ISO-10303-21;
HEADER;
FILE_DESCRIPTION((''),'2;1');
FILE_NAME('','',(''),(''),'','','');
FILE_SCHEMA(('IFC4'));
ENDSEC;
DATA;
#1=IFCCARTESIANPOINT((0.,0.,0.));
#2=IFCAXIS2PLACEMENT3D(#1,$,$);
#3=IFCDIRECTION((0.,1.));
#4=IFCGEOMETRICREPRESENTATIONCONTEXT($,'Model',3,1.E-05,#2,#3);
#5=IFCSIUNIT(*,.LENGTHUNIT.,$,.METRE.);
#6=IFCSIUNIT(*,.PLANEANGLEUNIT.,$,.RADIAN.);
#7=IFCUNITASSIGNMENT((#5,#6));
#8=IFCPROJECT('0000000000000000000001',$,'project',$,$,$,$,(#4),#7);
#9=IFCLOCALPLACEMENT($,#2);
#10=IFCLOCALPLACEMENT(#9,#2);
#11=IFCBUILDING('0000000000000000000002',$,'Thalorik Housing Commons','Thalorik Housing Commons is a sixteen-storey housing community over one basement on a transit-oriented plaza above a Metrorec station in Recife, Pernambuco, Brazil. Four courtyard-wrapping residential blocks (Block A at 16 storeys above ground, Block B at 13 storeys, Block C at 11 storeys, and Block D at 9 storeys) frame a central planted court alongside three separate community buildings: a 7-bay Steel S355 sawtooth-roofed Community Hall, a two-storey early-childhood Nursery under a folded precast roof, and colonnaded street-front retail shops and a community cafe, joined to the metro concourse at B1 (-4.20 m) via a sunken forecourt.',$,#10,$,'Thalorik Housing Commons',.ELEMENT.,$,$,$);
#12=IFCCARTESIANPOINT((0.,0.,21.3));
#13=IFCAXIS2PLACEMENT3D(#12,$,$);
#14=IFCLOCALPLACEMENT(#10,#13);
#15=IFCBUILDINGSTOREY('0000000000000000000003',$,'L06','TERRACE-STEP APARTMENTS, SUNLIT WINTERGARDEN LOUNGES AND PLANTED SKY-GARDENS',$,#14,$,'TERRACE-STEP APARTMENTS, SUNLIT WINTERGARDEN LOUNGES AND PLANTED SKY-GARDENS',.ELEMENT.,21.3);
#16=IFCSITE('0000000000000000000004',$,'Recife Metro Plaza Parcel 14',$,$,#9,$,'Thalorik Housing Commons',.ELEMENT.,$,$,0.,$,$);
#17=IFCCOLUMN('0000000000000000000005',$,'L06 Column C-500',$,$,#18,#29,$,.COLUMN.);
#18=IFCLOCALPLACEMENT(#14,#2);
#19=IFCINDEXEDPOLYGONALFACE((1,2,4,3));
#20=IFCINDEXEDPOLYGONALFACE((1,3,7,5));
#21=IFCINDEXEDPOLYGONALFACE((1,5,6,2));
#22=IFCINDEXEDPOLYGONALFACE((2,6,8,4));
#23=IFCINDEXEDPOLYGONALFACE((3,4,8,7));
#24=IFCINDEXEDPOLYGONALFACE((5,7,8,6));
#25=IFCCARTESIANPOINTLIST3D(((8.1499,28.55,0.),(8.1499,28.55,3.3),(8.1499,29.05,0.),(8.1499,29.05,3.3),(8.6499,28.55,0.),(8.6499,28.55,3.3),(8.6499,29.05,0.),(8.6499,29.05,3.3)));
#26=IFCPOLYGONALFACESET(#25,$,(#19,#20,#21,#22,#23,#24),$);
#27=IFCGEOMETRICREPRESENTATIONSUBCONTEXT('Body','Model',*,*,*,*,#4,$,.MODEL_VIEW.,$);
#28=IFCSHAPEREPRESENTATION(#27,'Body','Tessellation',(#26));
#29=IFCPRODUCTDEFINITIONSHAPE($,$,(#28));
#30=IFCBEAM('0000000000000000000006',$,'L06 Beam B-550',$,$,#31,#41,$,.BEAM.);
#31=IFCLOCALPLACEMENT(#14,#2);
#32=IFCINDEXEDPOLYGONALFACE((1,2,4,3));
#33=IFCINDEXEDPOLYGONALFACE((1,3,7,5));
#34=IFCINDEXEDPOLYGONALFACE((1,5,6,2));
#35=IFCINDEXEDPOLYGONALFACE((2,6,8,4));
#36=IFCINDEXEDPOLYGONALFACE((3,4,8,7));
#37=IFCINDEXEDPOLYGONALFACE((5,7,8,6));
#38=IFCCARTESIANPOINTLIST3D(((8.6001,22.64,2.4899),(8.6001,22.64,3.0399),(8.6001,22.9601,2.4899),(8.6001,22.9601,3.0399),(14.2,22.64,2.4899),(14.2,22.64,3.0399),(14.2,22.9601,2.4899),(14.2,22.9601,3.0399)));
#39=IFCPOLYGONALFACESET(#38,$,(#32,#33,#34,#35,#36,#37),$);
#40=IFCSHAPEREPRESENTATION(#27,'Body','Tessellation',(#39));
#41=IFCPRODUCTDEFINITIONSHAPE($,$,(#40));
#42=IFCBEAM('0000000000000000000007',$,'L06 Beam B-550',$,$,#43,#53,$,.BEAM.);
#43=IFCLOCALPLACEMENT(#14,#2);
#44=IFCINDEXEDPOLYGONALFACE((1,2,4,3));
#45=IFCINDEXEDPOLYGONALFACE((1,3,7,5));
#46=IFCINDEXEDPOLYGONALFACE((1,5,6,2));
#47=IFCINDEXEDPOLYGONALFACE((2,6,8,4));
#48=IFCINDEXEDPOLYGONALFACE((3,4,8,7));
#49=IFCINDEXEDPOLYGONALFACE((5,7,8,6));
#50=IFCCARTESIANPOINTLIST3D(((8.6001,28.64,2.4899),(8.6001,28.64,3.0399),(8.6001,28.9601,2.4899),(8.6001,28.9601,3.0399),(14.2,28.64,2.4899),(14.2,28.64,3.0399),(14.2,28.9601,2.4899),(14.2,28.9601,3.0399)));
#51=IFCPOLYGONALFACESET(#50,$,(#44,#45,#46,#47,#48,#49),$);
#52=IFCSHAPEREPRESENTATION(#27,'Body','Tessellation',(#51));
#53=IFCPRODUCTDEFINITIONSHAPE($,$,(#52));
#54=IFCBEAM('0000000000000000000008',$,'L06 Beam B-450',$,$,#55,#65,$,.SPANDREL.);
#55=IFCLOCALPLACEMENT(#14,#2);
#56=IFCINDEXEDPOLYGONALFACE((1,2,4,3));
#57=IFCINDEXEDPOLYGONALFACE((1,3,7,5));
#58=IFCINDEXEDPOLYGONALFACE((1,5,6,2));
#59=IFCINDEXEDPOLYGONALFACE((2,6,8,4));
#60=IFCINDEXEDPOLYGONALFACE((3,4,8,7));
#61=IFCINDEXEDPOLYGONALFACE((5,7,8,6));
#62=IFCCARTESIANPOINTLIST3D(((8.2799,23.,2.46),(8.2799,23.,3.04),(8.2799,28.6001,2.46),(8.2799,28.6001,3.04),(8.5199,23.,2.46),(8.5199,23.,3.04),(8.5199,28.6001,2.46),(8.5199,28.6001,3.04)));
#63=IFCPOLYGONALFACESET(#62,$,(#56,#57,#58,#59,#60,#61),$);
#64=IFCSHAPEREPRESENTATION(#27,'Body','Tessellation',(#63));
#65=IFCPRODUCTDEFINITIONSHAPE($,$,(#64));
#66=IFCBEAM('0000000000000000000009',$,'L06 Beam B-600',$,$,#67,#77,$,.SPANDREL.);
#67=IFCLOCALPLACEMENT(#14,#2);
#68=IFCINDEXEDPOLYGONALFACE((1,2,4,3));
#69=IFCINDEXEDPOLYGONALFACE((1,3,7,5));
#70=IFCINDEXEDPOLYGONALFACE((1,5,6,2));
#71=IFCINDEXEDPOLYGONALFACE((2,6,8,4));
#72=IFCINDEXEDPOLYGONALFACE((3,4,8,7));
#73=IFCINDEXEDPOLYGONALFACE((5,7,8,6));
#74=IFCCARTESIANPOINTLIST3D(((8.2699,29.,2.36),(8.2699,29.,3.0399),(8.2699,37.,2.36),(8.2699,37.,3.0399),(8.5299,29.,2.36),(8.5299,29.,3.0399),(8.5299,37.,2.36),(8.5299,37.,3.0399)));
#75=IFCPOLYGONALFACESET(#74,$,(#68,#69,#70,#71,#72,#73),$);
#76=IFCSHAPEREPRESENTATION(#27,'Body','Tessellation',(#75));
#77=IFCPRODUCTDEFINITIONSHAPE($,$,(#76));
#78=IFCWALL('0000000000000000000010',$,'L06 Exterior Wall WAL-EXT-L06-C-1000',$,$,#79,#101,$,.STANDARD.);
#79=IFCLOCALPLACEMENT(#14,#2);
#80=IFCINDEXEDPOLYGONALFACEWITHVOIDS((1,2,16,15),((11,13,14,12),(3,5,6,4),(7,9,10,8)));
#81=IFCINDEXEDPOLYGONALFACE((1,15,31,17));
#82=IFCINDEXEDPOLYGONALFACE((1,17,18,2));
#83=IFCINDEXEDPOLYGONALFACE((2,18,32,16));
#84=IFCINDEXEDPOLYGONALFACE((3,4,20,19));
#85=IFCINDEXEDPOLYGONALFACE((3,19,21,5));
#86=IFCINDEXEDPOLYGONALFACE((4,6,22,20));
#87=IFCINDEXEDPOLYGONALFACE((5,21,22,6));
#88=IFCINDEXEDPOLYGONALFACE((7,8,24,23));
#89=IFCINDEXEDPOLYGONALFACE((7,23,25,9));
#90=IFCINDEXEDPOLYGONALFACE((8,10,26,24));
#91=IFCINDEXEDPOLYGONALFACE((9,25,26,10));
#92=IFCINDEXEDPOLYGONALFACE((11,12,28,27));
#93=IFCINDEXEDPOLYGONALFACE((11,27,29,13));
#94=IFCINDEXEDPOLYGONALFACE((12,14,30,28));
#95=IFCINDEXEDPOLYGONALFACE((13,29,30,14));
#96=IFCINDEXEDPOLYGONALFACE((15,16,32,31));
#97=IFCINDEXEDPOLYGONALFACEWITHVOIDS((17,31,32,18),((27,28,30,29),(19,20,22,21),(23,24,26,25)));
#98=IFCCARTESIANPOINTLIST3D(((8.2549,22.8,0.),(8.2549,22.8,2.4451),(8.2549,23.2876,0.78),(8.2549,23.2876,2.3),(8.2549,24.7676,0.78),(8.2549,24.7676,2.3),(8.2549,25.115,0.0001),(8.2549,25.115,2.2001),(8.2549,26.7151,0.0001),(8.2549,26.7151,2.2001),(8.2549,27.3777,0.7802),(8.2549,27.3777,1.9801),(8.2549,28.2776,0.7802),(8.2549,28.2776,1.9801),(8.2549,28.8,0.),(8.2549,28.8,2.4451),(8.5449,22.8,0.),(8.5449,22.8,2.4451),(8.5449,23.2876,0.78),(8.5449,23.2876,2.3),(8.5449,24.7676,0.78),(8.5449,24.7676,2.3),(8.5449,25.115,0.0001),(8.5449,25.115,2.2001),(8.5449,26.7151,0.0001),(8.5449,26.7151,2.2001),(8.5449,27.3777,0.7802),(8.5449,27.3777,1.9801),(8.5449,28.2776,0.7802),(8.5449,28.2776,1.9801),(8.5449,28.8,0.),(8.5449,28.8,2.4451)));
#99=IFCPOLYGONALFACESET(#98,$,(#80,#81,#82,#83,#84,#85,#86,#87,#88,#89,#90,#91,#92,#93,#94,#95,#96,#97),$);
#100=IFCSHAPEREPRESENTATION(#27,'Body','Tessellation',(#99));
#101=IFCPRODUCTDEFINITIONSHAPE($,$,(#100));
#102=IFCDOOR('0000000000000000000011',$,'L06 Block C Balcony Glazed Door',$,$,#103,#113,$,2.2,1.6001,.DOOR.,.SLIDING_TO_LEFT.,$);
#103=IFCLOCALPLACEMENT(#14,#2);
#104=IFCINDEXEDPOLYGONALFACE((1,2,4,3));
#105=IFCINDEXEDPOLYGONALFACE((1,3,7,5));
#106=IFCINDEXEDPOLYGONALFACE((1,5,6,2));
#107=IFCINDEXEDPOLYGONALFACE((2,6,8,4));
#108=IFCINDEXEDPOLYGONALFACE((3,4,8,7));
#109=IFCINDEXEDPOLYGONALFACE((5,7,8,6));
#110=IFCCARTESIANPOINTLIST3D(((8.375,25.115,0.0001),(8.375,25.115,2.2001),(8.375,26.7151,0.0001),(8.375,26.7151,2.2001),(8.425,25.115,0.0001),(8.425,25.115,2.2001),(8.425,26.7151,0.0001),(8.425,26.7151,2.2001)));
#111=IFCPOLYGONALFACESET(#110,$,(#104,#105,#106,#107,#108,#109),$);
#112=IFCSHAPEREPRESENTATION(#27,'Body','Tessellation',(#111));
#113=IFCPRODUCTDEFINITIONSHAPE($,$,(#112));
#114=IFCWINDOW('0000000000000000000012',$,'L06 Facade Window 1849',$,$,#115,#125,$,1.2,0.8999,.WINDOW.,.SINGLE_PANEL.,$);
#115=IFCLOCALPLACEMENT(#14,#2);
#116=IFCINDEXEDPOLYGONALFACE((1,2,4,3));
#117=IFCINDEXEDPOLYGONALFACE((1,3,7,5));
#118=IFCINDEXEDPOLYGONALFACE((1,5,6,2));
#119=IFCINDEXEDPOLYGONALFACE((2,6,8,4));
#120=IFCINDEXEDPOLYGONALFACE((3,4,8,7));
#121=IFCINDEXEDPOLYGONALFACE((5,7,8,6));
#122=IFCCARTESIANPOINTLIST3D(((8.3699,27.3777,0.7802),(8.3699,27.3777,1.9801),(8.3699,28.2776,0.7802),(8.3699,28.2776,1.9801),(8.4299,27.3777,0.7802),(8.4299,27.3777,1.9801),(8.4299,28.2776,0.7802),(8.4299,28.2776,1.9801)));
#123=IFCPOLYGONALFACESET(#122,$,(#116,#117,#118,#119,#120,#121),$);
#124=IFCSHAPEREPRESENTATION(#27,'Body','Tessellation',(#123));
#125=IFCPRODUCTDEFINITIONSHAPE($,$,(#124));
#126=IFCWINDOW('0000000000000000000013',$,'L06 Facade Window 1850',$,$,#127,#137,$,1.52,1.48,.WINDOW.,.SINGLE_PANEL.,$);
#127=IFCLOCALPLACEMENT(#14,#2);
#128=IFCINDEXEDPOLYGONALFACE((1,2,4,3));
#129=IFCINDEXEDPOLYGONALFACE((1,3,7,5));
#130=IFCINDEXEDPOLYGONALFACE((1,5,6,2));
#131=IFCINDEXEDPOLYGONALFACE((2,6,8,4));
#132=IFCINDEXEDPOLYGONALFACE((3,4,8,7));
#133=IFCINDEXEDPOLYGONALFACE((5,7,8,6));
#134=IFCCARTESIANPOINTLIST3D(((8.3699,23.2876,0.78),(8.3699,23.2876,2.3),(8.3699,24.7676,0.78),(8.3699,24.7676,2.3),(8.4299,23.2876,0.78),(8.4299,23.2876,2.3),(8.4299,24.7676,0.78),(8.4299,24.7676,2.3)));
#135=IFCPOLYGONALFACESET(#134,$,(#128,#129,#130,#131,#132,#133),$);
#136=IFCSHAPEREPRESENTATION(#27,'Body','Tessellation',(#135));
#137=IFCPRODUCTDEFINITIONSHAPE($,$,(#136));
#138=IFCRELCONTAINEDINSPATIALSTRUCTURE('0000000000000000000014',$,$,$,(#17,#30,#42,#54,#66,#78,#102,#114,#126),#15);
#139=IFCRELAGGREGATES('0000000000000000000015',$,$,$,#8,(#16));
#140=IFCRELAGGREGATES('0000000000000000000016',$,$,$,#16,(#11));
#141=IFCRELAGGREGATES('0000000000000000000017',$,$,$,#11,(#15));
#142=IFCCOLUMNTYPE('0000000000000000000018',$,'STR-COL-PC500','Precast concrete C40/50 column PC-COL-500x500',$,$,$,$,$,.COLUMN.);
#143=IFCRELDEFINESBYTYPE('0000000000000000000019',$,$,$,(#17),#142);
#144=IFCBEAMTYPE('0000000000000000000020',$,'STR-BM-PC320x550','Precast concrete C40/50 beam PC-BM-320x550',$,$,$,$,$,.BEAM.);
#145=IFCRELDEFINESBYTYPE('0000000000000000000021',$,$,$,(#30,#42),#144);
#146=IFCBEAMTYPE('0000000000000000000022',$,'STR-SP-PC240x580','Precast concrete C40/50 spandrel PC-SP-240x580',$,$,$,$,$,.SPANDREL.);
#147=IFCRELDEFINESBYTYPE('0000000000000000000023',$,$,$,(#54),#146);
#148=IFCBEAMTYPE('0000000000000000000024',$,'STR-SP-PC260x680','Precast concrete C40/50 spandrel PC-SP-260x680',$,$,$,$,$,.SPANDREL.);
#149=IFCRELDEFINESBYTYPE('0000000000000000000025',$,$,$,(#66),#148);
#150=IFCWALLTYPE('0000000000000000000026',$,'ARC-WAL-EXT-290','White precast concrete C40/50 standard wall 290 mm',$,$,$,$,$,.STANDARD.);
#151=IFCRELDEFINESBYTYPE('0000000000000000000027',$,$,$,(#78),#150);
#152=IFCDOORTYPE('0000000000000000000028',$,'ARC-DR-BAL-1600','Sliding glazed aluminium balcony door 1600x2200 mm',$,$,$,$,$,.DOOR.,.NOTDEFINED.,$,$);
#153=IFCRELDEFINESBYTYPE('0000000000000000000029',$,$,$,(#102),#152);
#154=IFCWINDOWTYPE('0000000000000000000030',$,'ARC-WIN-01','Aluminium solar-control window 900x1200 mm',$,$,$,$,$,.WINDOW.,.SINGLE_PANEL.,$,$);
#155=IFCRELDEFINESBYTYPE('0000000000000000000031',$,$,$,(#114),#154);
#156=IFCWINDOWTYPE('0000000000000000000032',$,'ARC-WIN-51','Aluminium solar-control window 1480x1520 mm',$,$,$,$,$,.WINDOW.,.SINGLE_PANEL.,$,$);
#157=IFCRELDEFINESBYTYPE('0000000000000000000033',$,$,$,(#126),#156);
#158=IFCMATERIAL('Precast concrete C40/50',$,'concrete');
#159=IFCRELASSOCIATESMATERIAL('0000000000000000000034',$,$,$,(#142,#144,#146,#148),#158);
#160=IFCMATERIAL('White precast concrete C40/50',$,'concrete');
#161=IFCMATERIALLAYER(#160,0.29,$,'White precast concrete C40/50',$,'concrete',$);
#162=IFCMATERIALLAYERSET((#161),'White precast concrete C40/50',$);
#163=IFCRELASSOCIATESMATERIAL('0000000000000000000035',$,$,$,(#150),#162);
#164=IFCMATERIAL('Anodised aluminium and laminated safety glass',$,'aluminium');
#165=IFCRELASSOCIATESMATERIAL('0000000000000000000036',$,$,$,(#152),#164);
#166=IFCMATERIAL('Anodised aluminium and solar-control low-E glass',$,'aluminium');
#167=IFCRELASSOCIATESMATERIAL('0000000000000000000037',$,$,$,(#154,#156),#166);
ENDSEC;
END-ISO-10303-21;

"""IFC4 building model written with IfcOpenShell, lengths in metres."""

from ifc_helpers import new_model, si_unit, direction, frame, frame_2d, origin, origin_2d, place, context, subcontext, project, spatial, rectangle, extrude, material, layer, layer_set, material_profile, profile_set, type_object, element, fill, save


model = new_model("IFC4")

# Units and contexts
model_context = context("Model", 3, precision=1e-05, world=origin(), true_north=direction((0.0, 1.0)))
body_context = subcontext(model_context, "Body", "Model", "MODEL_VIEW")
ifc_project = project(units=[si_unit("LENGTHUNIT", "METRE"), si_unit("PLANEANGLEUNIT", "RADIAN")], contexts=[model_context])

# Site, building, storey
site_placement = place(None, origin())
site = spatial("IfcSite", under=ifc_project, at=site_placement, Name="Recife Metro Plaza Parcel 14", LongName="Thalorik Housing Commons", CompositionType="ELEMENT", RefElevation=0.0)
building_placement = place(site_placement, origin())
building = spatial("IfcBuilding", under=site, at=building_placement, Name="Thalorik Housing Commons", Description="Thalorik Housing Commons is a sixteen-storey housing community over one basement on a transit-oriented plaza above a Metrorec station in Recife, Pernambuco, Brazil. Four courtyard-wrapping residential blocks (Block A at 16 storeys above ground, Block B at 13 storeys, Block C at 11 storeys, and Block D at 9 storeys) frame a central planted court alongside three separate community buildings: a 7-bay Steel S355 sawtooth-roofed Community Hall, a two-storey early-childhood Nursery under a folded precast roof, and colonnaded street-front retail shops and a community cafe, joined to the metro concourse at B1 (-4.20 m) via a sunken forecourt.", LongName="Thalorik Housing Commons", CompositionType="ELEMENT")
storey_placement = place(building_placement, frame((0.0, 0.0, 21.3)))
storey = spatial("IfcBuildingStorey", under=building, at=storey_placement, Name="L06", Description="TERRACE-STEP APARTMENTS, SUNLIT WINTERGARDEN LOUNGES AND PLANTED SKY-GARDENS", LongName="TERRACE-STEP APARTMENTS, SUNLIT WINTERGARDEN LOUNGES AND PLANTED SKY-GARDENS", CompositionType="ELEMENT", Elevation=21.3)

# Column
ifc_material_1 = material(Name="Precast concrete C40/50", Category="concrete")
ifc_material_profile_1 = material_profile(ifc_material_1, rectangle(XDim=0.5, YDim=0.5, at=origin_2d()), Name="PC 500x500", Category="concrete")
ifc_profile_set_1 = profile_set([ifc_material_profile_1], Name="Precast concrete C40/50")
column_type = type_object("IfcColumnType", Name="STR-COL-PC500", Description="Precast concrete C40/50 column PC-COL-500x500", PredefinedType="COLUMN", material=ifc_profile_set_1)
column_placement = place(storey_placement, frame((8.3999, 28.8, 0.0), z_axis=(0.0, 0.0, 1.0), x_axis=(1.0, 0.0, 0.0)))
element("IfcColumn", 1, at=column_placement, inside=storey, type_object=column_type, Name="L06 Column C-500", PredefinedType="COLUMN", context=body_context, shape_type="SweptSolid", body=[
    extrude(rectangle(XDim=0.5, YDim=0.5, at=origin_2d()), origin(), (0.0, 0.0, 1.0), 3.3),
])

# Beams
ifc_material_profile_2 = material_profile(ifc_material_1, rectangle(XDim=0.3201, YDim=0.55, at=origin_2d()), Name="PC 320x550", Category="concrete")
ifc_profile_set_2 = profile_set([ifc_material_profile_2], Name="Precast concrete C40/50")
beam_type_1 = type_object("IfcBeamType", Name="STR-BM-PC320x550", Description="Precast concrete C40/50 beam PC-BM-320x550", PredefinedType="BEAM", material=ifc_profile_set_2)
for number, where, z_axis, x_axis, name in (
    (2, (8.6001, 22.8, 2.7649), (1.0, 0.0, 0.0), (0.0, 1.0, 0.0), "L06 Beam B-550"),
    (3, (8.6001, 28.8, 2.7649), (1.0, 0.0, 0.0), (0.0, 1.0, 0.0), "L06 Beam B-550"),
):
    element("IfcBeam", number, at=place(storey_placement, frame(where, z_axis=z_axis, x_axis=x_axis)), inside=storey, type_object=beam_type_1, Name=name, PredefinedType="BEAM", context=body_context, shape_type="SweptSolid", body=[
        extrude(rectangle(XDim=0.3201, YDim=0.55, at=origin_2d()), origin(), (0.0, 0.0, 1.0), 5.5999),
    ])
ifc_material_profile_3 = material_profile(ifc_material_1, rectangle(XDim=0.24, YDim=0.5801, at=origin_2d()), Name="PC SP 240x580", Category="concrete")
ifc_profile_set_3 = profile_set([ifc_material_profile_3], Name="Precast concrete C40/50")
beam_type_2 = type_object("IfcBeamType", Name="STR-SP-PC240x580", Description="Precast concrete C40/50 spandrel PC-SP-240x580", PredefinedType="SPANDREL", material=ifc_profile_set_3)
beam_1_placement = place(storey_placement, frame((8.3999, 23.0, 2.75), z_axis=(0.0, 1.0, 0.0), x_axis=(-1.0, 0.0, 0.0)))
element("IfcBeam", 4, at=beam_1_placement, inside=storey, type_object=beam_type_2, Name="L06 Beam B-450", PredefinedType="SPANDREL", context=body_context, shape_type="SweptSolid", body=[
    extrude(rectangle(XDim=0.24, YDim=0.5801, at=origin_2d()), origin(), (0.0, 0.0, 1.0), 5.6001),
])
ifc_material_profile_4 = material_profile(ifc_material_1, rectangle(XDim=0.26, YDim=0.6799, at=origin_2d()), Name="PC SP 260x680", Category="concrete")
ifc_profile_set_4 = profile_set([ifc_material_profile_4], Name="Precast concrete C40/50")
beam_type_3 = type_object("IfcBeamType", Name="STR-SP-PC260x680", Description="Precast concrete C40/50 spandrel PC-SP-260x680", PredefinedType="SPANDREL", material=ifc_profile_set_4)
beam_2_placement = place(storey_placement, frame((8.3999, 29.0, 2.7), z_axis=(0.0, 1.0, 0.0), x_axis=(-1.0, 0.0, 0.0)))
element("IfcBeam", 5, at=beam_2_placement, inside=storey, type_object=beam_type_3, Name="L06 Beam B-600", PredefinedType="SPANDREL", context=body_context, shape_type="SweptSolid", body=[
    extrude(rectangle(XDim=0.26, YDim=0.6799, at=origin_2d()), origin(), (0.0, 0.0, 1.0), 8.0),
])

# Wall, openings, door, windows
ifc_material_2 = material(Name="White precast concrete C40/50", Category="concrete")
ifc_layer_1 = layer(ifc_material_2, 0.29, Name="White precast concrete C40/50", Category="concrete")
ifc_layer_set_1 = layer_set([ifc_layer_1], Name="White precast concrete C40/50")
wall_type_1 = type_object("IfcWallType", Name="ARC-WAL-EXT-290", Description="White precast concrete C40/50 standard wall 290 mm", PredefinedType="STANDARD", material=ifc_layer_set_1)
wall_1_placement = place(storey_placement, frame((8.3999, 28.8, 0.0), z_axis=(0.0, 0.0, 1.0), x_axis=(0.0, -1.0, 0.0)))
wall_1 = element("IfcWall", 6, at=wall_1_placement, inside=storey, type_object=wall_type_1, Name="L06 Exterior Wall WAL-EXT-L06-C-1000", PredefinedType="STANDARD", context=body_context, shape_type="SweptSolid", body=[
    extrude(rectangle(XDim=6.0, YDim=0.29, at=frame_2d((3.0, 0.0))), origin(), (0.0, 0.0, 1.0), 2.4451),
])
opening_1_placement = place(wall_1_placement, frame((2.085, 0.0, 0.0)))
opening_1 = element("IfcOpeningElement", 7, at=opening_1_placement, cuts=wall_1, PredefinedType="OPENING", context=body_context, shape_type="SweptSolid", body=[
    extrude(rectangle(XDim=1.6001, YDim=2.2, at=frame_2d((0.8, 1.1001))), frame((0.0, 0.155, 0.0), z_axis=(0.0, -1.0, 0.0), x_axis=(1.0, 0.0, 0.0)), (0.0, 0.0, 1.0), 0.3101),
])
opening_2_placement = place(wall_1_placement, frame((0.5225, 0.0, 0.78)))
opening_2 = element("IfcOpeningElement", 8, at=opening_2_placement, cuts=wall_1, PredefinedType="OPENING", context=body_context, shape_type="SweptSolid", body=[
    extrude(rectangle(XDim=0.8999, YDim=1.2, at=frame_2d((0.45, 0.6001))), frame((0.0, 0.155, 0.0), z_axis=(0.0, -1.0, 0.0), x_axis=(1.0, 0.0, 0.0)), (0.0, 0.0, 1.0), 0.3101),
])
opening_3_placement = place(wall_1_placement, frame((4.0325, 0.0, 0.78)))
opening_3 = element("IfcOpeningElement", 9, at=opening_3_placement, cuts=wall_1, PredefinedType="OPENING", context=body_context, shape_type="SweptSolid", body=[
    extrude(rectangle(XDim=1.48, YDim=1.52, at=frame_2d((0.74, 0.76))), frame((0.0, 0.155, 0.0), z_axis=(0.0, -1.0, 0.0), x_axis=(1.0, 0.0, 0.0)), (0.0, 0.0, 1.0), 0.3101),
])
ifc_material_3 = material(Name="Anodised aluminium and laminated safety glass", Category="aluminium")
door_type_1 = type_object("IfcDoorType", Name="ARC-DR-BAL-1600", Description="Sliding glazed aluminium balcony door 1600x2200 mm", OperationType="NOTDEFINED", PredefinedType="DOOR", material=ifc_material_3)
door_1_placement = place(opening_1_placement, frame((1.6001, 0.0, 0.0), z_axis=(0.0, 0.0, 1.0), x_axis=(-1.0, 0.0, 0.0)))
door_1 = element("IfcDoor", 10, at=door_1_placement, inside=storey, type_object=door_type_1, Name="L06 Block C Balcony Glazed Door", OperationType="SLIDING_TO_LEFT", OverallHeight=2.2, OverallWidth=1.6001, PredefinedType="DOOR", context=body_context, shape_type="SweptSolid", body=[
    extrude(rectangle(XDim=1.6001, YDim=2.2, at=frame_2d((0.8, 1.1001))), frame((0.0, 0.0249, 0.0), z_axis=(0.0, -1.0, 0.0), x_axis=(1.0, 0.0, 0.0)), (0.0, 0.0, 1.0), 0.05),
])
fill(opening_1, door_1)
ifc_material_4 = material(Name="Anodised aluminium and solar-control low-E glass", Category="aluminium")
window_type_1 = type_object("IfcWindowType", Name="ARC-WIN-01", Description="Aluminium solar-control window 900x1200 mm", PartitioningType="SINGLE_PANEL", PredefinedType="WINDOW", material=ifc_material_4)
window_1_placement = place(opening_2_placement, origin())
window_1 = element("IfcWindow", 11, at=window_1_placement, inside=storey, type_object=window_type_1, Name="L06 Facade Window 1849", OverallHeight=1.2, OverallWidth=0.8999, PartitioningType="SINGLE_PANEL", PredefinedType="WINDOW", context=body_context, shape_type="SweptSolid", body=[
    extrude(rectangle(XDim=0.8999, YDim=1.2, at=frame_2d((0.45, 0.6001))), frame((0.0, 0.03, 0.0), z_axis=(0.0, -1.0, 0.0), x_axis=(1.0, 0.0, 0.0)), (0.0, 0.0, 1.0), 0.0601),
])
fill(opening_2, window_1)
window_type_2 = type_object("IfcWindowType", Name="ARC-WIN-51", Description="Aluminium solar-control window 1480x1520 mm", PartitioningType="SINGLE_PANEL", PredefinedType="WINDOW", material=ifc_material_4)
window_2_placement = place(opening_3_placement, origin())
window_2 = element("IfcWindow", 12, at=window_2_placement, inside=storey, type_object=window_type_2, Name="L06 Facade Window 1850", OverallHeight=1.52, OverallWidth=1.48, PartitioningType="SINGLE_PANEL", PredefinedType="WINDOW", context=body_context, shape_type="SweptSolid", body=[
    extrude(rectangle(XDim=1.48, YDim=1.52, at=frame_2d((0.74, 0.76))), frame((0.0, 0.03, 0.0), z_axis=(0.0, -1.0, 0.0), x_axis=(1.0, 0.0, 0.0)), (0.0, 0.0, 1.0), 0.0601),
])
fill(opening_3, window_2)

save(model, "model.ifc")
